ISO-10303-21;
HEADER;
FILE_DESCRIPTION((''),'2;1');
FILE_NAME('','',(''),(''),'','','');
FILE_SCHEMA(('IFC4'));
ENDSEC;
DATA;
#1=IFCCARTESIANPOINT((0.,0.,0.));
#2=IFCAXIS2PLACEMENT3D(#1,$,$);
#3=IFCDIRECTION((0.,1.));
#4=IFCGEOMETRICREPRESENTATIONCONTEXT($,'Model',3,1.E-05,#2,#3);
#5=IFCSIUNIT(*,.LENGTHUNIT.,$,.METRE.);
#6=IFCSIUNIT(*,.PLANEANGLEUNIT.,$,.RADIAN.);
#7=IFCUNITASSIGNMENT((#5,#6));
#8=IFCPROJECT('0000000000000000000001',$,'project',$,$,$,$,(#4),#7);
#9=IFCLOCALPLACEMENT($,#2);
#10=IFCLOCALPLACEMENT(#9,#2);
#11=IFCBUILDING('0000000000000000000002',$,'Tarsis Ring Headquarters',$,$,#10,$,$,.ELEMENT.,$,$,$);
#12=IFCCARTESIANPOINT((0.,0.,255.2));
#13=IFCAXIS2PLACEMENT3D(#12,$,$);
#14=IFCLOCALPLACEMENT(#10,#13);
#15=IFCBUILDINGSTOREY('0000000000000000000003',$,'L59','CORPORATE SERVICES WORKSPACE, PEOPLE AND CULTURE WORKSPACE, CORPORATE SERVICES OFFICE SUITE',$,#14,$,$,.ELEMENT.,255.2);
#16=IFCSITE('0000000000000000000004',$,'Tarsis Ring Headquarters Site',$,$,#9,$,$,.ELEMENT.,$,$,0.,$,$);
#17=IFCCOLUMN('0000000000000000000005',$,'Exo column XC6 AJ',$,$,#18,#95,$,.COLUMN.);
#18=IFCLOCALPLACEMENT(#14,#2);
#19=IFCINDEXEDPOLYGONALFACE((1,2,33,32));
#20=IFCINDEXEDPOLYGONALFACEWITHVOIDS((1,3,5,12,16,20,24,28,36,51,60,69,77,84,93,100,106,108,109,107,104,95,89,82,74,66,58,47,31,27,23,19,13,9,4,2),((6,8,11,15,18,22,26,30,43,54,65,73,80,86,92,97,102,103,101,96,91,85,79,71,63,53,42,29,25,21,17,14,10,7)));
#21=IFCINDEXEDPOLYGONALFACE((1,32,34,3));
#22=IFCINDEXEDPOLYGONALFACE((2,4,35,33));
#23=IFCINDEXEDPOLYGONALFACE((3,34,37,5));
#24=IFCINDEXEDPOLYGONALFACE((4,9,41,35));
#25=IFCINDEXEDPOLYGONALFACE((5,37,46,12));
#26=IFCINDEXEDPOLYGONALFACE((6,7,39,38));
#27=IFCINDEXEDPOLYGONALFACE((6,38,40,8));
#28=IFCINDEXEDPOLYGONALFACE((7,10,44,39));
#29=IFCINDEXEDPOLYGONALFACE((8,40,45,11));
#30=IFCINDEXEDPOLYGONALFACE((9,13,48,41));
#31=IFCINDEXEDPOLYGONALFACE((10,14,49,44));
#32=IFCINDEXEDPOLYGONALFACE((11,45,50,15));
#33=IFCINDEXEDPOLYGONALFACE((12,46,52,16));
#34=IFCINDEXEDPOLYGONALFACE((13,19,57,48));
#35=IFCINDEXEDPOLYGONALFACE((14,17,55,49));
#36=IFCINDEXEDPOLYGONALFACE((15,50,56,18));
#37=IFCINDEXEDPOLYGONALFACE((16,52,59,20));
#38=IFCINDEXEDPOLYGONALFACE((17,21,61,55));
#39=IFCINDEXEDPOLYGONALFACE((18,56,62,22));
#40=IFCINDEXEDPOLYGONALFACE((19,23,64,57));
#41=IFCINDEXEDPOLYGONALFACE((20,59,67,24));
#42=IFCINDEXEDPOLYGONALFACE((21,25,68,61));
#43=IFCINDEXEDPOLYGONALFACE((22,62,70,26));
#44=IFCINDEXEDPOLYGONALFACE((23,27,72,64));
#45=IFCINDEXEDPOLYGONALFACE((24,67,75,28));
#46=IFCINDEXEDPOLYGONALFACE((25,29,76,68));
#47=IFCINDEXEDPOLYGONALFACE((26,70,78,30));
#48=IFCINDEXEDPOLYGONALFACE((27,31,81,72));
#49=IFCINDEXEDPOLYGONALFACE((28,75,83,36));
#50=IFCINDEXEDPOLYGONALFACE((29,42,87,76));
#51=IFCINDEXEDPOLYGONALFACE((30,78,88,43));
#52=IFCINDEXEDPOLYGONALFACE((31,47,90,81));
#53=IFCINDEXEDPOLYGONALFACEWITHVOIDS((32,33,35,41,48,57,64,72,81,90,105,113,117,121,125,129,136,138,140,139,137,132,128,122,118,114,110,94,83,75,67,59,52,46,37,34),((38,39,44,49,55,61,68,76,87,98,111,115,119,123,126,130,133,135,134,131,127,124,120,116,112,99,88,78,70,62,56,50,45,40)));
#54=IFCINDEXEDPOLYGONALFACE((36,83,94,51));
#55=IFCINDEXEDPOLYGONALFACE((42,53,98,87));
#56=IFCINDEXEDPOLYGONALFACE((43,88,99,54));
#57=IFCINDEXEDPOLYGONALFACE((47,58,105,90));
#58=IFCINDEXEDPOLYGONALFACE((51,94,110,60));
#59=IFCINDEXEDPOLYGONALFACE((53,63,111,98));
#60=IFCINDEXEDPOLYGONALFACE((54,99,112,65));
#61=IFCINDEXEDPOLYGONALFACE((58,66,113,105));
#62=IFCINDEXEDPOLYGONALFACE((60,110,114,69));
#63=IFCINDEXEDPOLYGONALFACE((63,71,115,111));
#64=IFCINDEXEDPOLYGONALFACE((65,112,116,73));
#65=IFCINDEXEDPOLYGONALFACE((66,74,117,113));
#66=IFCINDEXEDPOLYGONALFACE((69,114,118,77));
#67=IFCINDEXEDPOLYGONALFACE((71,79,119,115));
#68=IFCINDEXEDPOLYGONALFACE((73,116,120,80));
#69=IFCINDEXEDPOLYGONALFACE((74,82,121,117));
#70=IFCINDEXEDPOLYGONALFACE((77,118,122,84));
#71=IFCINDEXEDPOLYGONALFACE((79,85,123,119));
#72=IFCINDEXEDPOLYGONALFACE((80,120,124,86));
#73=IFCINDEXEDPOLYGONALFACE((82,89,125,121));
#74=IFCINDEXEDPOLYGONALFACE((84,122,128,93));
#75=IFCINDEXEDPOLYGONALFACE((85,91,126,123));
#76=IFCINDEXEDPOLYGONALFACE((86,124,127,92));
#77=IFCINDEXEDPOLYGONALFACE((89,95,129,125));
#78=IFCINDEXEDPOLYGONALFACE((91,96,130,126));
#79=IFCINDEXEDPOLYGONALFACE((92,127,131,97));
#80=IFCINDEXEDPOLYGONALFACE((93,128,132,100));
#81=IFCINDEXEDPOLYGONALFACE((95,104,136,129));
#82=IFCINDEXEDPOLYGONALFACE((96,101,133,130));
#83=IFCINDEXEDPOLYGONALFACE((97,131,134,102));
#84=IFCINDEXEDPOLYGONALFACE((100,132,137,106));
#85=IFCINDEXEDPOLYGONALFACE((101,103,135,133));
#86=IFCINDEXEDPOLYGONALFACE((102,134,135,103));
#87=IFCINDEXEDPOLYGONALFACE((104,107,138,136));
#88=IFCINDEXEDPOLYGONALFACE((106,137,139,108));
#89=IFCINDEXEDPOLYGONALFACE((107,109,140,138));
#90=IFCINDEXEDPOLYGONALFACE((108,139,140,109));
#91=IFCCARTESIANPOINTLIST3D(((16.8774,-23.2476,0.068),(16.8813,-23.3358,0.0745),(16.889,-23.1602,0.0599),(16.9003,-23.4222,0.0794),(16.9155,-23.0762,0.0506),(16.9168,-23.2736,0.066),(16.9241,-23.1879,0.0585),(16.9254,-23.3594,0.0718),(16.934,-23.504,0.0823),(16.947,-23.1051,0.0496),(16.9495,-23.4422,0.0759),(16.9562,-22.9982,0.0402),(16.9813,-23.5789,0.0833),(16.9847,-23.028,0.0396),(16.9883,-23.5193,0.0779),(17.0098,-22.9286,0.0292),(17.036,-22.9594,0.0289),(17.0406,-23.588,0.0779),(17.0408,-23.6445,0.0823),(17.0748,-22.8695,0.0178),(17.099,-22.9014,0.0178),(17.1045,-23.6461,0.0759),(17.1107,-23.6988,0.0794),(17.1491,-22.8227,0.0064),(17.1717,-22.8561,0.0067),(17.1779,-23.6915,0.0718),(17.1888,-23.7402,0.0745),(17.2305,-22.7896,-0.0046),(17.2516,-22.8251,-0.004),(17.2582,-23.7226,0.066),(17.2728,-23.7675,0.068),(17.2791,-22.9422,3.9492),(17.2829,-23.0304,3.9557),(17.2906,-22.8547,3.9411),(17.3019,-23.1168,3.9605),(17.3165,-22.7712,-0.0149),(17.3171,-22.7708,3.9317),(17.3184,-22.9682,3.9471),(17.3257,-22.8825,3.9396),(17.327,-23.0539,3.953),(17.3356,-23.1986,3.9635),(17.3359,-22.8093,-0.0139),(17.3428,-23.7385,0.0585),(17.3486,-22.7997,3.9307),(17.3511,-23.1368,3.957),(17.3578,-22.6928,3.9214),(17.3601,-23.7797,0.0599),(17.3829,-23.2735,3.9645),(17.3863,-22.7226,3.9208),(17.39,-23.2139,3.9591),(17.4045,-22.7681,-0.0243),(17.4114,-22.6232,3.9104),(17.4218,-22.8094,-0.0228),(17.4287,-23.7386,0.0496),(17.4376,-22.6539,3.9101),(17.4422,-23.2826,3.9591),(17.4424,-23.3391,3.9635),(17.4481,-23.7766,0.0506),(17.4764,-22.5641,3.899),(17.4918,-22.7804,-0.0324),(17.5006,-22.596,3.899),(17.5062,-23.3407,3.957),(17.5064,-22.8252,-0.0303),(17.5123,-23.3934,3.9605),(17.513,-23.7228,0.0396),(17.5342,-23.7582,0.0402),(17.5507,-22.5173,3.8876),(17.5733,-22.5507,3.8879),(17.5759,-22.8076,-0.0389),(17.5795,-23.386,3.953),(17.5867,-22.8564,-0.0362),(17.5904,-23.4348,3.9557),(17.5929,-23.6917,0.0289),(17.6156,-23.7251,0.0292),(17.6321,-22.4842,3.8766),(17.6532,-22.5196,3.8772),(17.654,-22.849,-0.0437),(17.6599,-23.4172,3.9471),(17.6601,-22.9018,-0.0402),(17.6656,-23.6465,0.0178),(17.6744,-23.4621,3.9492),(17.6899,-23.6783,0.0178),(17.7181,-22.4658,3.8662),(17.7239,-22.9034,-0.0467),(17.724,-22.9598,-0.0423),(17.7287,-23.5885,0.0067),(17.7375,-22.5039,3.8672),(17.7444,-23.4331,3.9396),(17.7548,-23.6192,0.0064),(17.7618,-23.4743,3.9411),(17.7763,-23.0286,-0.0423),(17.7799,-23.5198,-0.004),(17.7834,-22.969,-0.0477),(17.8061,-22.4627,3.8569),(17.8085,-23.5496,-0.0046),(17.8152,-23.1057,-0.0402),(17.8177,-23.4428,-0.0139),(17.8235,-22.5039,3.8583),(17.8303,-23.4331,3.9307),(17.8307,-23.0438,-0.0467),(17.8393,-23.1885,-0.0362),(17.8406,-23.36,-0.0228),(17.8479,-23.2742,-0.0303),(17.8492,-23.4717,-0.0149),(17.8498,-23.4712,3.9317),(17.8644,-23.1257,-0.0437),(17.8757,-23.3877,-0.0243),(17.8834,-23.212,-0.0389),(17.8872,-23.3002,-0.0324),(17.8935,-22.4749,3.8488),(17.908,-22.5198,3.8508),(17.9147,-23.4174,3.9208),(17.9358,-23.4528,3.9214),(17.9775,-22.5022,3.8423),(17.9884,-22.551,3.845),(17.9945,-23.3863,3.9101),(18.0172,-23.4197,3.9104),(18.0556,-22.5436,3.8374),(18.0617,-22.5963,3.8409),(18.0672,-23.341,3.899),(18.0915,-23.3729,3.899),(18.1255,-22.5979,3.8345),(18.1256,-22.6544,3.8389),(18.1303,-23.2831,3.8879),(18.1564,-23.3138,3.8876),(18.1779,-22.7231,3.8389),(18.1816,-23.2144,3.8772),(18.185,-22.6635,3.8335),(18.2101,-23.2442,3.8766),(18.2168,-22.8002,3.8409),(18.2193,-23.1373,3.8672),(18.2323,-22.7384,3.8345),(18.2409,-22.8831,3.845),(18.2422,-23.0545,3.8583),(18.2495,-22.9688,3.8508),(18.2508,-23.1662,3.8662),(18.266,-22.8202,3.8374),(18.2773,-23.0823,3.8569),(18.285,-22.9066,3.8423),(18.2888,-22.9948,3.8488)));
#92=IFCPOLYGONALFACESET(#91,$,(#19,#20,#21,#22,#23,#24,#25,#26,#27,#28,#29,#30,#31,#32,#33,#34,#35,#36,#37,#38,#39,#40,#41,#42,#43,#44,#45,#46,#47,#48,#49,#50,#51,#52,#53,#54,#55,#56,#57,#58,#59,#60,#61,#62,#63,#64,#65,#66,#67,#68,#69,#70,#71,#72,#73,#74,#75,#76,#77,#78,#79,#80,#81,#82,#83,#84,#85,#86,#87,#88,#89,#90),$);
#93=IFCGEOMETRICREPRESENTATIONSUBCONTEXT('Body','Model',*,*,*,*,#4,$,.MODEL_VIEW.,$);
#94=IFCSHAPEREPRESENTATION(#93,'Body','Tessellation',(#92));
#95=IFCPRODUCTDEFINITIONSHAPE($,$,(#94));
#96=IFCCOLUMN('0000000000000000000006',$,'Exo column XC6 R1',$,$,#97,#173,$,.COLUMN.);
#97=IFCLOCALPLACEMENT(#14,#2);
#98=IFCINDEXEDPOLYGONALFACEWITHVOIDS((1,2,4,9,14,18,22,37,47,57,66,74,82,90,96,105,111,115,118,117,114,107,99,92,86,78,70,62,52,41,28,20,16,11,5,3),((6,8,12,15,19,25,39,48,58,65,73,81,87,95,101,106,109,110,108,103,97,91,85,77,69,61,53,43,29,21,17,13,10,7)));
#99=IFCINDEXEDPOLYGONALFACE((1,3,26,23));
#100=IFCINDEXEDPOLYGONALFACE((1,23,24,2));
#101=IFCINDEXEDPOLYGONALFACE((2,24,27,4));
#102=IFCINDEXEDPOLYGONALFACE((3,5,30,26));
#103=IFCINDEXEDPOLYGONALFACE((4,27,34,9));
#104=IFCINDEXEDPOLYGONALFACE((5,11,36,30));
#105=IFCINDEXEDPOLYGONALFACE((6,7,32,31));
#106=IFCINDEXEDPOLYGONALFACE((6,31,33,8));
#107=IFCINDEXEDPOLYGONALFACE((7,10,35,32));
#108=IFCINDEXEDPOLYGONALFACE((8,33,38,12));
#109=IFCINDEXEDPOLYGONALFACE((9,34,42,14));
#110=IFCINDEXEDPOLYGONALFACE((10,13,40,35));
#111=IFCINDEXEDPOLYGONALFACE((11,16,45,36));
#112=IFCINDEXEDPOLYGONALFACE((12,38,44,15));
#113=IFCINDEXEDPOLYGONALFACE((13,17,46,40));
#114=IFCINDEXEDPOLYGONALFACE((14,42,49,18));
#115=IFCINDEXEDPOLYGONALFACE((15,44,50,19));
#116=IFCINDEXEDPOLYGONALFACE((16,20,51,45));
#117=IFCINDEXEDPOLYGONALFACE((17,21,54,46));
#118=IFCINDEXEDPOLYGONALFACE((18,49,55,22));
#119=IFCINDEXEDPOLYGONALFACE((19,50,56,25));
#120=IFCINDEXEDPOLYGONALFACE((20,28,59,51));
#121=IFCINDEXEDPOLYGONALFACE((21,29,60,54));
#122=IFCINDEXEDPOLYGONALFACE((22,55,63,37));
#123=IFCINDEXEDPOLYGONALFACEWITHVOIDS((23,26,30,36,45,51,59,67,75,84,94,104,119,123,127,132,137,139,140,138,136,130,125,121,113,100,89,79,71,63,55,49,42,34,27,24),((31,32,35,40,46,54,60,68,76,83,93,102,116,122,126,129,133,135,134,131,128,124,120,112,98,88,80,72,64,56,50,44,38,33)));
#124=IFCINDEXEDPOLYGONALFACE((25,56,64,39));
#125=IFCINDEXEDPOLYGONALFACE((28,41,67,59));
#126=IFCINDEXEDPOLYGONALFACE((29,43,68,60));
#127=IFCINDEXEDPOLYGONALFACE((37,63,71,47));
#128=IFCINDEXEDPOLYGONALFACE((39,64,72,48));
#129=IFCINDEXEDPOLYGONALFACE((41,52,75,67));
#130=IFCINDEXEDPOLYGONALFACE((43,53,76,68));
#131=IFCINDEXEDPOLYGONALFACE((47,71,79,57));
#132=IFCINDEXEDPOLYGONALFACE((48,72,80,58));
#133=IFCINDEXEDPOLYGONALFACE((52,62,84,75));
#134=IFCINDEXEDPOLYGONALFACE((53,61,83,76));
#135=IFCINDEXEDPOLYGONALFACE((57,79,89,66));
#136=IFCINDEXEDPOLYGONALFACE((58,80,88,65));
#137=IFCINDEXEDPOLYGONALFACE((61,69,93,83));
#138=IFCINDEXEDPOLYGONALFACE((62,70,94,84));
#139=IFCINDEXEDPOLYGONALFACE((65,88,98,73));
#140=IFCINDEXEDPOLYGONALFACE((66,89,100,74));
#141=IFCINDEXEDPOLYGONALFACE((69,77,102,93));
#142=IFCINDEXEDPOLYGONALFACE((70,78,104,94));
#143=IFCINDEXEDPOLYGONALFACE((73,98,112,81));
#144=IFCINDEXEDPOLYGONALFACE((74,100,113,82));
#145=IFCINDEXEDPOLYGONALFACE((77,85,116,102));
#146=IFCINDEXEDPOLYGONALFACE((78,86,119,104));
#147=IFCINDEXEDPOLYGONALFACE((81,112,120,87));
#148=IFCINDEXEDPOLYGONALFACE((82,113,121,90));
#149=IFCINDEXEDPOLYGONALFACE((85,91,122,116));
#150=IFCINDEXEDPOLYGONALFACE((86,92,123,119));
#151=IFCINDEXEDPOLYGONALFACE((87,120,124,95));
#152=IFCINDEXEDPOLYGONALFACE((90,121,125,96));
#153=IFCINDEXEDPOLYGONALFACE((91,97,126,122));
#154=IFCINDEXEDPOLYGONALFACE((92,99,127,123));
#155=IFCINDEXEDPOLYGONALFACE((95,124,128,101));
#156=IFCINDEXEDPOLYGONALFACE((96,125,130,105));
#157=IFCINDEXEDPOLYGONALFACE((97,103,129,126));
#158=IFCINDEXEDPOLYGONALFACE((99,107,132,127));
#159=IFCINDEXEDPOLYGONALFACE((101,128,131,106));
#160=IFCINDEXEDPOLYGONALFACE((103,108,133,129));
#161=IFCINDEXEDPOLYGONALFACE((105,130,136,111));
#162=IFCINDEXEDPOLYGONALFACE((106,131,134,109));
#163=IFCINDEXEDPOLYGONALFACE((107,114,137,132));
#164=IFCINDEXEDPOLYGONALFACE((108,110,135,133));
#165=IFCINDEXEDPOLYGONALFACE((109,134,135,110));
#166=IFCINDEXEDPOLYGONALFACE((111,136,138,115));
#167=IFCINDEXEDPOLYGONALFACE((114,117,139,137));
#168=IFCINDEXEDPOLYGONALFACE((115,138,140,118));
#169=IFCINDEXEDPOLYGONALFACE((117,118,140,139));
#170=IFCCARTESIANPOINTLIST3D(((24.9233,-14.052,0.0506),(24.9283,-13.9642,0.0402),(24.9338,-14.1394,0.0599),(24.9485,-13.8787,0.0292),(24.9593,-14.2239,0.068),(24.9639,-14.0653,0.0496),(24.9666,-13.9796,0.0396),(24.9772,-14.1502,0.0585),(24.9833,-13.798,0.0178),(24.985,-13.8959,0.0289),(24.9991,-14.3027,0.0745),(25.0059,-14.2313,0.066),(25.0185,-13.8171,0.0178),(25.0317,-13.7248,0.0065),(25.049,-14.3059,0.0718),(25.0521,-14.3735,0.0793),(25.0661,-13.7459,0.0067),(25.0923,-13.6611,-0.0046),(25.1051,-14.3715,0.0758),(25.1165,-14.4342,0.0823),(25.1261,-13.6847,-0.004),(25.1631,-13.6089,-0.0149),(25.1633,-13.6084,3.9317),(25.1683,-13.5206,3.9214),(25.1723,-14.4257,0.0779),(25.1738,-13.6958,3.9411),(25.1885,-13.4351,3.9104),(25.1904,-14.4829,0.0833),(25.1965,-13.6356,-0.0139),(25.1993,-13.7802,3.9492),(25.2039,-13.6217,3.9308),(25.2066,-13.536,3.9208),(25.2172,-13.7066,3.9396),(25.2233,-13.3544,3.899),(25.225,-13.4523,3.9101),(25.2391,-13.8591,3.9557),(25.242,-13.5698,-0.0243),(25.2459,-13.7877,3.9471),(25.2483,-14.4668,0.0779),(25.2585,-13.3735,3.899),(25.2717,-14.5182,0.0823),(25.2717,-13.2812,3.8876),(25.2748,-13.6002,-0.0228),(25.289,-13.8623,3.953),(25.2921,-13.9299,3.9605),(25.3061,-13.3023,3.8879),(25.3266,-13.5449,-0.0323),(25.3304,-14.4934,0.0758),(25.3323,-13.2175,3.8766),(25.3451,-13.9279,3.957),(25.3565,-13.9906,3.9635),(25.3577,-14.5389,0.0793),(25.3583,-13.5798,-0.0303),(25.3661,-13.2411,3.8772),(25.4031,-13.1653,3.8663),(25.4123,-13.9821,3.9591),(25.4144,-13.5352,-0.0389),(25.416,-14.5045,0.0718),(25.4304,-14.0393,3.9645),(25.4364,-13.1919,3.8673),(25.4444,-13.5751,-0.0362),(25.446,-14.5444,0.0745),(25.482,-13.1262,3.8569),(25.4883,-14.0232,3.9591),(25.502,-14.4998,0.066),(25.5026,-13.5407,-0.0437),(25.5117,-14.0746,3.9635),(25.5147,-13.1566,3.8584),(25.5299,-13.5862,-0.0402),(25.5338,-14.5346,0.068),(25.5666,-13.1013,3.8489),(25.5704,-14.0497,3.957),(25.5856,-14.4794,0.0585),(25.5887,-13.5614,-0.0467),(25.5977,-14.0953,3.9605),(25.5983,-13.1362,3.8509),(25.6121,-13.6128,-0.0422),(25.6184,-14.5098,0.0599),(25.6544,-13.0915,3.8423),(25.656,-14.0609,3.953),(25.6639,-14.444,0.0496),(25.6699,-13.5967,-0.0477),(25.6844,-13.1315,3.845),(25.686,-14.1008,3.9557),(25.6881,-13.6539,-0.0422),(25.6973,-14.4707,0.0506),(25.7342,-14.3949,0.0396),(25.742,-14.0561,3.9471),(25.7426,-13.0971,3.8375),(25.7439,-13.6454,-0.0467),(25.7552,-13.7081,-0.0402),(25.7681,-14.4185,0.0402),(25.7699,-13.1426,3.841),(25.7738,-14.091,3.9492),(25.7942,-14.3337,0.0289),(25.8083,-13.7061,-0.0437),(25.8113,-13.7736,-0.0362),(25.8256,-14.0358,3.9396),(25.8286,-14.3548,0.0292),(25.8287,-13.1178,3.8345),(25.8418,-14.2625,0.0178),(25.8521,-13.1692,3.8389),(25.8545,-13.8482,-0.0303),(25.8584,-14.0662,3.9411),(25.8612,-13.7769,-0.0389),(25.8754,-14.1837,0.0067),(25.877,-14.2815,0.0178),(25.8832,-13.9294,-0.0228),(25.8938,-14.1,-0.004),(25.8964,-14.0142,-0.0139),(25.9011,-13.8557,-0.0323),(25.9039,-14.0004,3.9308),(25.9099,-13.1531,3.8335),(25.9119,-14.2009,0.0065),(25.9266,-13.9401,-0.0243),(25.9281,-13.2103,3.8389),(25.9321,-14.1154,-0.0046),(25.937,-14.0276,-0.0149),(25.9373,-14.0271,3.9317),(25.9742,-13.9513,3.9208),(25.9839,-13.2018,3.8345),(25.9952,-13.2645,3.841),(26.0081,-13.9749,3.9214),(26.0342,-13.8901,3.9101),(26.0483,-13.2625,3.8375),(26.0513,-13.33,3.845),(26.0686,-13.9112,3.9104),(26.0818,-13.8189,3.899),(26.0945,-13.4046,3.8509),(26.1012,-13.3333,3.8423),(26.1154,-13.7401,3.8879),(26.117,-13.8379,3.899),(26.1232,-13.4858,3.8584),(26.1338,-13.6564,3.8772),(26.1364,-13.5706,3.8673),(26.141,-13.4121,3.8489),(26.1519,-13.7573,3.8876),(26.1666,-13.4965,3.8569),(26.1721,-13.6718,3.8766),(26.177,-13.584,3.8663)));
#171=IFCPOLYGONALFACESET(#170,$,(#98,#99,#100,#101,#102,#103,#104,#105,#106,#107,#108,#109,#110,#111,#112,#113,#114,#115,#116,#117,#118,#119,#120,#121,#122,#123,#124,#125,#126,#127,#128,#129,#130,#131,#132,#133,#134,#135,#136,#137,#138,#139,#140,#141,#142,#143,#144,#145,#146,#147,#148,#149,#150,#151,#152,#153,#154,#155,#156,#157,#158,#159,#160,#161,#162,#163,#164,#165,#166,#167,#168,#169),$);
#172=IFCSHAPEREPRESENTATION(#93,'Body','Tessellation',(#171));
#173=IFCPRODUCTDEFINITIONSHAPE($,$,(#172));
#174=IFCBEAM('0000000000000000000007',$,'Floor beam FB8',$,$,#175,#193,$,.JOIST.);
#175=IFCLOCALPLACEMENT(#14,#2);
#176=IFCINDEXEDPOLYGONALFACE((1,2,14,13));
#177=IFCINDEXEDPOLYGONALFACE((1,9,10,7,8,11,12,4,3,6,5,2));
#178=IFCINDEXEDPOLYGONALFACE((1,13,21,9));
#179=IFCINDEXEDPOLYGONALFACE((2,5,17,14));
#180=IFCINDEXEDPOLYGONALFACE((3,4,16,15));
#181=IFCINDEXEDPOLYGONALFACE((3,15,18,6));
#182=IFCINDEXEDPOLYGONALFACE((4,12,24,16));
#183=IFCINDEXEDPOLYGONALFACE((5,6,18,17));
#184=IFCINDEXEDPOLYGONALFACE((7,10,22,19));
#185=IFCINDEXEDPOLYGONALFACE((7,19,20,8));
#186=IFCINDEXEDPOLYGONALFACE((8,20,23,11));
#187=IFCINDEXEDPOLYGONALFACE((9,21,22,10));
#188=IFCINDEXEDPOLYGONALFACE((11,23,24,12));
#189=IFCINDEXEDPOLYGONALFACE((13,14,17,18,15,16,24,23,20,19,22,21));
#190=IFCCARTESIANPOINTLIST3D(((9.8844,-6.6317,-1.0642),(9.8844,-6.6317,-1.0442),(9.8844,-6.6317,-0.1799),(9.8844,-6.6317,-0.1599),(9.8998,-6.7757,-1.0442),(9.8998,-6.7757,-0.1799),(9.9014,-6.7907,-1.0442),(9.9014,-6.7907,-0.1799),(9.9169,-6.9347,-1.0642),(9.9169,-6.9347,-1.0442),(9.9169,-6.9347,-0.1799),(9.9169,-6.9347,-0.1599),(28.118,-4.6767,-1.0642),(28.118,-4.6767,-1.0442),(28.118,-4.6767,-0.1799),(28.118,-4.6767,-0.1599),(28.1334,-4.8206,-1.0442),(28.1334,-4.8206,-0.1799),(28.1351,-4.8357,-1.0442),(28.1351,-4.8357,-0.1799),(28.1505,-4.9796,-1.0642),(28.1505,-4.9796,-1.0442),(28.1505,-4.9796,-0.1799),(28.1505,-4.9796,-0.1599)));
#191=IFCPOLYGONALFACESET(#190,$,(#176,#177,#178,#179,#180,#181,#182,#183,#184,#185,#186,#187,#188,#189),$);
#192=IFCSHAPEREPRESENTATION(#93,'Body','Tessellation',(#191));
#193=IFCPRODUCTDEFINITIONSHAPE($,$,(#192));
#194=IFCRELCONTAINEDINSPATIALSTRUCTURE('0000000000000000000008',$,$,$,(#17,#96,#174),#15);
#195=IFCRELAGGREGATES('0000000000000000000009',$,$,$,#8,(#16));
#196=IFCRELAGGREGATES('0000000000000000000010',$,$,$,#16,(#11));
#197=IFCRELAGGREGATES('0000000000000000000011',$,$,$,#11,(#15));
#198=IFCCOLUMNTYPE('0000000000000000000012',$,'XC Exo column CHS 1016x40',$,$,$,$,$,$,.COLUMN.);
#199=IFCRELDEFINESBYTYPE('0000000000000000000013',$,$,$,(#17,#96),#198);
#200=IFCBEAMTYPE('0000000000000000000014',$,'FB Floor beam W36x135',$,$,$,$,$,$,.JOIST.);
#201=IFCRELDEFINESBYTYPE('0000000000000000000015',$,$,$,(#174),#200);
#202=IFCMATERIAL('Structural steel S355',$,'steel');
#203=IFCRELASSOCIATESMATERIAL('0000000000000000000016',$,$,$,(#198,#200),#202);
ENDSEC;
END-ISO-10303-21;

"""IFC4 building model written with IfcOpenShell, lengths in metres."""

from ifc_helpers import new_model, si_unit, direction, frame, origin, origin_2d, place, context, subcontext, project, spatial, hollow_circle, i_section, extrude, material, material_profile, profile_set, type_object, element, save


model = new_model("IFC4")

# Units and contexts
model_context = context("Model", 3, precision=1e-05, world=origin(), true_north=direction((0.0, 1.0)))
body_context = subcontext(model_context, "Body", "Model", "MODEL_VIEW")
ifc_project = project(units=[si_unit("LENGTHUNIT", "METRE"), si_unit("PLANEANGLEUNIT", "RADIAN")], contexts=[model_context])

# Site, building, storey
site_placement = place(None, origin())
site = spatial("IfcSite", under=ifc_project, at=site_placement, Name="Tarsis Ring Headquarters Site", CompositionType="ELEMENT", RefElevation=0.0)
building_placement = place(site_placement, origin())
building = spatial("IfcBuilding", under=site, at=building_placement, Name="Tarsis Ring Headquarters", CompositionType="ELEMENT")
storey_placement = place(building_placement, frame((0.0, 0.0, 255.2)))
storey = spatial("IfcBuildingStorey", under=building, at=storey_placement, Name="L59", Description="CORPORATE SERVICES WORKSPACE, PEOPLE AND CULTURE WORKSPACE, CORPORATE SERVICES OFFICE SUITE", CompositionType="ELEMENT", Elevation=255.2)

# Columns
ifc_material_1 = material(Name="Structural steel S355", Category="steel")
ifc_material_profile_1 = material_profile(ifc_material_1, hollow_circle(Radius=0.5081, WallThickness=0.04, at=origin_2d()), Name="CHS 1016x40")
ifc_profile_set_1 = profile_set([ifc_material_profile_1], Name="Structural steel S355")
column_type = type_object("IfcColumnType", Name="XC Exo column CHS 1016x40", PredefinedType="COLUMN", material=ifc_profile_set_1)
for number, where, z_axis, x_axis, name in (
    (1, (17.3823, -23.2739, 0.0178), (0.102615, 0.078037, 0.991655), (-0.605329, 0.795976, 0.0), "Exo column XC6 AJ"),
    (2, (25.4302, -14.0398, 0.0178), (0.06132, 0.113345, 0.991662), (-0.879537, 0.475831, 0.0), "Exo column XC6 R1"),
):
    element("IfcColumn", number, at=place(storey_placement, frame(where, z_axis=z_axis, x_axis=x_axis)), inside=storey, type_object=column_type, Name=name, PredefinedType="COLUMN", context=body_context, shape_type="SweptSolid", body=[
        extrude(hollow_circle(Radius=0.5081, WallThickness=0.04, at=origin_2d()), origin(), (0.0, 0.0, 1.0), 3.9138),
    ])

# Beam
ifc_material_profile_2 = material_profile(ifc_material_1, i_section(OverallWidth=0.3047, OverallDepth=0.9043, WebThickness=0.0151, FlangeThickness=0.02, at=origin_2d()), Name="W36x135")
ifc_profile_set_2 = profile_set([ifc_material_profile_2], Name="Structural steel S355")
beam_type_1 = type_object("IfcBeamType", Name="FB Floor beam W36x135", PredefinedType="JOIST", material=ifc_profile_set_2)
beam_placement = place(storey_placement, frame((9.9006, -6.7832, -0.6121), z_axis=(0.994301, 0.106613, 0.0), x_axis=(-0.106613, 0.994301, 0.0)))
element("IfcBeam", 3, at=beam_placement, inside=storey, type_object=beam_type_1, Name="Floor beam FB8", PredefinedType="JOIST", context=body_context, shape_type="SweptSolid", body=[
    extrude(i_section(OverallWidth=0.3047, OverallDepth=0.9043, WebThickness=0.0151, FlangeThickness=0.02, at=origin_2d()), origin(), (0.0, 0.0, 1.0), 18.3381),
])

save(model, "model.ifc")
